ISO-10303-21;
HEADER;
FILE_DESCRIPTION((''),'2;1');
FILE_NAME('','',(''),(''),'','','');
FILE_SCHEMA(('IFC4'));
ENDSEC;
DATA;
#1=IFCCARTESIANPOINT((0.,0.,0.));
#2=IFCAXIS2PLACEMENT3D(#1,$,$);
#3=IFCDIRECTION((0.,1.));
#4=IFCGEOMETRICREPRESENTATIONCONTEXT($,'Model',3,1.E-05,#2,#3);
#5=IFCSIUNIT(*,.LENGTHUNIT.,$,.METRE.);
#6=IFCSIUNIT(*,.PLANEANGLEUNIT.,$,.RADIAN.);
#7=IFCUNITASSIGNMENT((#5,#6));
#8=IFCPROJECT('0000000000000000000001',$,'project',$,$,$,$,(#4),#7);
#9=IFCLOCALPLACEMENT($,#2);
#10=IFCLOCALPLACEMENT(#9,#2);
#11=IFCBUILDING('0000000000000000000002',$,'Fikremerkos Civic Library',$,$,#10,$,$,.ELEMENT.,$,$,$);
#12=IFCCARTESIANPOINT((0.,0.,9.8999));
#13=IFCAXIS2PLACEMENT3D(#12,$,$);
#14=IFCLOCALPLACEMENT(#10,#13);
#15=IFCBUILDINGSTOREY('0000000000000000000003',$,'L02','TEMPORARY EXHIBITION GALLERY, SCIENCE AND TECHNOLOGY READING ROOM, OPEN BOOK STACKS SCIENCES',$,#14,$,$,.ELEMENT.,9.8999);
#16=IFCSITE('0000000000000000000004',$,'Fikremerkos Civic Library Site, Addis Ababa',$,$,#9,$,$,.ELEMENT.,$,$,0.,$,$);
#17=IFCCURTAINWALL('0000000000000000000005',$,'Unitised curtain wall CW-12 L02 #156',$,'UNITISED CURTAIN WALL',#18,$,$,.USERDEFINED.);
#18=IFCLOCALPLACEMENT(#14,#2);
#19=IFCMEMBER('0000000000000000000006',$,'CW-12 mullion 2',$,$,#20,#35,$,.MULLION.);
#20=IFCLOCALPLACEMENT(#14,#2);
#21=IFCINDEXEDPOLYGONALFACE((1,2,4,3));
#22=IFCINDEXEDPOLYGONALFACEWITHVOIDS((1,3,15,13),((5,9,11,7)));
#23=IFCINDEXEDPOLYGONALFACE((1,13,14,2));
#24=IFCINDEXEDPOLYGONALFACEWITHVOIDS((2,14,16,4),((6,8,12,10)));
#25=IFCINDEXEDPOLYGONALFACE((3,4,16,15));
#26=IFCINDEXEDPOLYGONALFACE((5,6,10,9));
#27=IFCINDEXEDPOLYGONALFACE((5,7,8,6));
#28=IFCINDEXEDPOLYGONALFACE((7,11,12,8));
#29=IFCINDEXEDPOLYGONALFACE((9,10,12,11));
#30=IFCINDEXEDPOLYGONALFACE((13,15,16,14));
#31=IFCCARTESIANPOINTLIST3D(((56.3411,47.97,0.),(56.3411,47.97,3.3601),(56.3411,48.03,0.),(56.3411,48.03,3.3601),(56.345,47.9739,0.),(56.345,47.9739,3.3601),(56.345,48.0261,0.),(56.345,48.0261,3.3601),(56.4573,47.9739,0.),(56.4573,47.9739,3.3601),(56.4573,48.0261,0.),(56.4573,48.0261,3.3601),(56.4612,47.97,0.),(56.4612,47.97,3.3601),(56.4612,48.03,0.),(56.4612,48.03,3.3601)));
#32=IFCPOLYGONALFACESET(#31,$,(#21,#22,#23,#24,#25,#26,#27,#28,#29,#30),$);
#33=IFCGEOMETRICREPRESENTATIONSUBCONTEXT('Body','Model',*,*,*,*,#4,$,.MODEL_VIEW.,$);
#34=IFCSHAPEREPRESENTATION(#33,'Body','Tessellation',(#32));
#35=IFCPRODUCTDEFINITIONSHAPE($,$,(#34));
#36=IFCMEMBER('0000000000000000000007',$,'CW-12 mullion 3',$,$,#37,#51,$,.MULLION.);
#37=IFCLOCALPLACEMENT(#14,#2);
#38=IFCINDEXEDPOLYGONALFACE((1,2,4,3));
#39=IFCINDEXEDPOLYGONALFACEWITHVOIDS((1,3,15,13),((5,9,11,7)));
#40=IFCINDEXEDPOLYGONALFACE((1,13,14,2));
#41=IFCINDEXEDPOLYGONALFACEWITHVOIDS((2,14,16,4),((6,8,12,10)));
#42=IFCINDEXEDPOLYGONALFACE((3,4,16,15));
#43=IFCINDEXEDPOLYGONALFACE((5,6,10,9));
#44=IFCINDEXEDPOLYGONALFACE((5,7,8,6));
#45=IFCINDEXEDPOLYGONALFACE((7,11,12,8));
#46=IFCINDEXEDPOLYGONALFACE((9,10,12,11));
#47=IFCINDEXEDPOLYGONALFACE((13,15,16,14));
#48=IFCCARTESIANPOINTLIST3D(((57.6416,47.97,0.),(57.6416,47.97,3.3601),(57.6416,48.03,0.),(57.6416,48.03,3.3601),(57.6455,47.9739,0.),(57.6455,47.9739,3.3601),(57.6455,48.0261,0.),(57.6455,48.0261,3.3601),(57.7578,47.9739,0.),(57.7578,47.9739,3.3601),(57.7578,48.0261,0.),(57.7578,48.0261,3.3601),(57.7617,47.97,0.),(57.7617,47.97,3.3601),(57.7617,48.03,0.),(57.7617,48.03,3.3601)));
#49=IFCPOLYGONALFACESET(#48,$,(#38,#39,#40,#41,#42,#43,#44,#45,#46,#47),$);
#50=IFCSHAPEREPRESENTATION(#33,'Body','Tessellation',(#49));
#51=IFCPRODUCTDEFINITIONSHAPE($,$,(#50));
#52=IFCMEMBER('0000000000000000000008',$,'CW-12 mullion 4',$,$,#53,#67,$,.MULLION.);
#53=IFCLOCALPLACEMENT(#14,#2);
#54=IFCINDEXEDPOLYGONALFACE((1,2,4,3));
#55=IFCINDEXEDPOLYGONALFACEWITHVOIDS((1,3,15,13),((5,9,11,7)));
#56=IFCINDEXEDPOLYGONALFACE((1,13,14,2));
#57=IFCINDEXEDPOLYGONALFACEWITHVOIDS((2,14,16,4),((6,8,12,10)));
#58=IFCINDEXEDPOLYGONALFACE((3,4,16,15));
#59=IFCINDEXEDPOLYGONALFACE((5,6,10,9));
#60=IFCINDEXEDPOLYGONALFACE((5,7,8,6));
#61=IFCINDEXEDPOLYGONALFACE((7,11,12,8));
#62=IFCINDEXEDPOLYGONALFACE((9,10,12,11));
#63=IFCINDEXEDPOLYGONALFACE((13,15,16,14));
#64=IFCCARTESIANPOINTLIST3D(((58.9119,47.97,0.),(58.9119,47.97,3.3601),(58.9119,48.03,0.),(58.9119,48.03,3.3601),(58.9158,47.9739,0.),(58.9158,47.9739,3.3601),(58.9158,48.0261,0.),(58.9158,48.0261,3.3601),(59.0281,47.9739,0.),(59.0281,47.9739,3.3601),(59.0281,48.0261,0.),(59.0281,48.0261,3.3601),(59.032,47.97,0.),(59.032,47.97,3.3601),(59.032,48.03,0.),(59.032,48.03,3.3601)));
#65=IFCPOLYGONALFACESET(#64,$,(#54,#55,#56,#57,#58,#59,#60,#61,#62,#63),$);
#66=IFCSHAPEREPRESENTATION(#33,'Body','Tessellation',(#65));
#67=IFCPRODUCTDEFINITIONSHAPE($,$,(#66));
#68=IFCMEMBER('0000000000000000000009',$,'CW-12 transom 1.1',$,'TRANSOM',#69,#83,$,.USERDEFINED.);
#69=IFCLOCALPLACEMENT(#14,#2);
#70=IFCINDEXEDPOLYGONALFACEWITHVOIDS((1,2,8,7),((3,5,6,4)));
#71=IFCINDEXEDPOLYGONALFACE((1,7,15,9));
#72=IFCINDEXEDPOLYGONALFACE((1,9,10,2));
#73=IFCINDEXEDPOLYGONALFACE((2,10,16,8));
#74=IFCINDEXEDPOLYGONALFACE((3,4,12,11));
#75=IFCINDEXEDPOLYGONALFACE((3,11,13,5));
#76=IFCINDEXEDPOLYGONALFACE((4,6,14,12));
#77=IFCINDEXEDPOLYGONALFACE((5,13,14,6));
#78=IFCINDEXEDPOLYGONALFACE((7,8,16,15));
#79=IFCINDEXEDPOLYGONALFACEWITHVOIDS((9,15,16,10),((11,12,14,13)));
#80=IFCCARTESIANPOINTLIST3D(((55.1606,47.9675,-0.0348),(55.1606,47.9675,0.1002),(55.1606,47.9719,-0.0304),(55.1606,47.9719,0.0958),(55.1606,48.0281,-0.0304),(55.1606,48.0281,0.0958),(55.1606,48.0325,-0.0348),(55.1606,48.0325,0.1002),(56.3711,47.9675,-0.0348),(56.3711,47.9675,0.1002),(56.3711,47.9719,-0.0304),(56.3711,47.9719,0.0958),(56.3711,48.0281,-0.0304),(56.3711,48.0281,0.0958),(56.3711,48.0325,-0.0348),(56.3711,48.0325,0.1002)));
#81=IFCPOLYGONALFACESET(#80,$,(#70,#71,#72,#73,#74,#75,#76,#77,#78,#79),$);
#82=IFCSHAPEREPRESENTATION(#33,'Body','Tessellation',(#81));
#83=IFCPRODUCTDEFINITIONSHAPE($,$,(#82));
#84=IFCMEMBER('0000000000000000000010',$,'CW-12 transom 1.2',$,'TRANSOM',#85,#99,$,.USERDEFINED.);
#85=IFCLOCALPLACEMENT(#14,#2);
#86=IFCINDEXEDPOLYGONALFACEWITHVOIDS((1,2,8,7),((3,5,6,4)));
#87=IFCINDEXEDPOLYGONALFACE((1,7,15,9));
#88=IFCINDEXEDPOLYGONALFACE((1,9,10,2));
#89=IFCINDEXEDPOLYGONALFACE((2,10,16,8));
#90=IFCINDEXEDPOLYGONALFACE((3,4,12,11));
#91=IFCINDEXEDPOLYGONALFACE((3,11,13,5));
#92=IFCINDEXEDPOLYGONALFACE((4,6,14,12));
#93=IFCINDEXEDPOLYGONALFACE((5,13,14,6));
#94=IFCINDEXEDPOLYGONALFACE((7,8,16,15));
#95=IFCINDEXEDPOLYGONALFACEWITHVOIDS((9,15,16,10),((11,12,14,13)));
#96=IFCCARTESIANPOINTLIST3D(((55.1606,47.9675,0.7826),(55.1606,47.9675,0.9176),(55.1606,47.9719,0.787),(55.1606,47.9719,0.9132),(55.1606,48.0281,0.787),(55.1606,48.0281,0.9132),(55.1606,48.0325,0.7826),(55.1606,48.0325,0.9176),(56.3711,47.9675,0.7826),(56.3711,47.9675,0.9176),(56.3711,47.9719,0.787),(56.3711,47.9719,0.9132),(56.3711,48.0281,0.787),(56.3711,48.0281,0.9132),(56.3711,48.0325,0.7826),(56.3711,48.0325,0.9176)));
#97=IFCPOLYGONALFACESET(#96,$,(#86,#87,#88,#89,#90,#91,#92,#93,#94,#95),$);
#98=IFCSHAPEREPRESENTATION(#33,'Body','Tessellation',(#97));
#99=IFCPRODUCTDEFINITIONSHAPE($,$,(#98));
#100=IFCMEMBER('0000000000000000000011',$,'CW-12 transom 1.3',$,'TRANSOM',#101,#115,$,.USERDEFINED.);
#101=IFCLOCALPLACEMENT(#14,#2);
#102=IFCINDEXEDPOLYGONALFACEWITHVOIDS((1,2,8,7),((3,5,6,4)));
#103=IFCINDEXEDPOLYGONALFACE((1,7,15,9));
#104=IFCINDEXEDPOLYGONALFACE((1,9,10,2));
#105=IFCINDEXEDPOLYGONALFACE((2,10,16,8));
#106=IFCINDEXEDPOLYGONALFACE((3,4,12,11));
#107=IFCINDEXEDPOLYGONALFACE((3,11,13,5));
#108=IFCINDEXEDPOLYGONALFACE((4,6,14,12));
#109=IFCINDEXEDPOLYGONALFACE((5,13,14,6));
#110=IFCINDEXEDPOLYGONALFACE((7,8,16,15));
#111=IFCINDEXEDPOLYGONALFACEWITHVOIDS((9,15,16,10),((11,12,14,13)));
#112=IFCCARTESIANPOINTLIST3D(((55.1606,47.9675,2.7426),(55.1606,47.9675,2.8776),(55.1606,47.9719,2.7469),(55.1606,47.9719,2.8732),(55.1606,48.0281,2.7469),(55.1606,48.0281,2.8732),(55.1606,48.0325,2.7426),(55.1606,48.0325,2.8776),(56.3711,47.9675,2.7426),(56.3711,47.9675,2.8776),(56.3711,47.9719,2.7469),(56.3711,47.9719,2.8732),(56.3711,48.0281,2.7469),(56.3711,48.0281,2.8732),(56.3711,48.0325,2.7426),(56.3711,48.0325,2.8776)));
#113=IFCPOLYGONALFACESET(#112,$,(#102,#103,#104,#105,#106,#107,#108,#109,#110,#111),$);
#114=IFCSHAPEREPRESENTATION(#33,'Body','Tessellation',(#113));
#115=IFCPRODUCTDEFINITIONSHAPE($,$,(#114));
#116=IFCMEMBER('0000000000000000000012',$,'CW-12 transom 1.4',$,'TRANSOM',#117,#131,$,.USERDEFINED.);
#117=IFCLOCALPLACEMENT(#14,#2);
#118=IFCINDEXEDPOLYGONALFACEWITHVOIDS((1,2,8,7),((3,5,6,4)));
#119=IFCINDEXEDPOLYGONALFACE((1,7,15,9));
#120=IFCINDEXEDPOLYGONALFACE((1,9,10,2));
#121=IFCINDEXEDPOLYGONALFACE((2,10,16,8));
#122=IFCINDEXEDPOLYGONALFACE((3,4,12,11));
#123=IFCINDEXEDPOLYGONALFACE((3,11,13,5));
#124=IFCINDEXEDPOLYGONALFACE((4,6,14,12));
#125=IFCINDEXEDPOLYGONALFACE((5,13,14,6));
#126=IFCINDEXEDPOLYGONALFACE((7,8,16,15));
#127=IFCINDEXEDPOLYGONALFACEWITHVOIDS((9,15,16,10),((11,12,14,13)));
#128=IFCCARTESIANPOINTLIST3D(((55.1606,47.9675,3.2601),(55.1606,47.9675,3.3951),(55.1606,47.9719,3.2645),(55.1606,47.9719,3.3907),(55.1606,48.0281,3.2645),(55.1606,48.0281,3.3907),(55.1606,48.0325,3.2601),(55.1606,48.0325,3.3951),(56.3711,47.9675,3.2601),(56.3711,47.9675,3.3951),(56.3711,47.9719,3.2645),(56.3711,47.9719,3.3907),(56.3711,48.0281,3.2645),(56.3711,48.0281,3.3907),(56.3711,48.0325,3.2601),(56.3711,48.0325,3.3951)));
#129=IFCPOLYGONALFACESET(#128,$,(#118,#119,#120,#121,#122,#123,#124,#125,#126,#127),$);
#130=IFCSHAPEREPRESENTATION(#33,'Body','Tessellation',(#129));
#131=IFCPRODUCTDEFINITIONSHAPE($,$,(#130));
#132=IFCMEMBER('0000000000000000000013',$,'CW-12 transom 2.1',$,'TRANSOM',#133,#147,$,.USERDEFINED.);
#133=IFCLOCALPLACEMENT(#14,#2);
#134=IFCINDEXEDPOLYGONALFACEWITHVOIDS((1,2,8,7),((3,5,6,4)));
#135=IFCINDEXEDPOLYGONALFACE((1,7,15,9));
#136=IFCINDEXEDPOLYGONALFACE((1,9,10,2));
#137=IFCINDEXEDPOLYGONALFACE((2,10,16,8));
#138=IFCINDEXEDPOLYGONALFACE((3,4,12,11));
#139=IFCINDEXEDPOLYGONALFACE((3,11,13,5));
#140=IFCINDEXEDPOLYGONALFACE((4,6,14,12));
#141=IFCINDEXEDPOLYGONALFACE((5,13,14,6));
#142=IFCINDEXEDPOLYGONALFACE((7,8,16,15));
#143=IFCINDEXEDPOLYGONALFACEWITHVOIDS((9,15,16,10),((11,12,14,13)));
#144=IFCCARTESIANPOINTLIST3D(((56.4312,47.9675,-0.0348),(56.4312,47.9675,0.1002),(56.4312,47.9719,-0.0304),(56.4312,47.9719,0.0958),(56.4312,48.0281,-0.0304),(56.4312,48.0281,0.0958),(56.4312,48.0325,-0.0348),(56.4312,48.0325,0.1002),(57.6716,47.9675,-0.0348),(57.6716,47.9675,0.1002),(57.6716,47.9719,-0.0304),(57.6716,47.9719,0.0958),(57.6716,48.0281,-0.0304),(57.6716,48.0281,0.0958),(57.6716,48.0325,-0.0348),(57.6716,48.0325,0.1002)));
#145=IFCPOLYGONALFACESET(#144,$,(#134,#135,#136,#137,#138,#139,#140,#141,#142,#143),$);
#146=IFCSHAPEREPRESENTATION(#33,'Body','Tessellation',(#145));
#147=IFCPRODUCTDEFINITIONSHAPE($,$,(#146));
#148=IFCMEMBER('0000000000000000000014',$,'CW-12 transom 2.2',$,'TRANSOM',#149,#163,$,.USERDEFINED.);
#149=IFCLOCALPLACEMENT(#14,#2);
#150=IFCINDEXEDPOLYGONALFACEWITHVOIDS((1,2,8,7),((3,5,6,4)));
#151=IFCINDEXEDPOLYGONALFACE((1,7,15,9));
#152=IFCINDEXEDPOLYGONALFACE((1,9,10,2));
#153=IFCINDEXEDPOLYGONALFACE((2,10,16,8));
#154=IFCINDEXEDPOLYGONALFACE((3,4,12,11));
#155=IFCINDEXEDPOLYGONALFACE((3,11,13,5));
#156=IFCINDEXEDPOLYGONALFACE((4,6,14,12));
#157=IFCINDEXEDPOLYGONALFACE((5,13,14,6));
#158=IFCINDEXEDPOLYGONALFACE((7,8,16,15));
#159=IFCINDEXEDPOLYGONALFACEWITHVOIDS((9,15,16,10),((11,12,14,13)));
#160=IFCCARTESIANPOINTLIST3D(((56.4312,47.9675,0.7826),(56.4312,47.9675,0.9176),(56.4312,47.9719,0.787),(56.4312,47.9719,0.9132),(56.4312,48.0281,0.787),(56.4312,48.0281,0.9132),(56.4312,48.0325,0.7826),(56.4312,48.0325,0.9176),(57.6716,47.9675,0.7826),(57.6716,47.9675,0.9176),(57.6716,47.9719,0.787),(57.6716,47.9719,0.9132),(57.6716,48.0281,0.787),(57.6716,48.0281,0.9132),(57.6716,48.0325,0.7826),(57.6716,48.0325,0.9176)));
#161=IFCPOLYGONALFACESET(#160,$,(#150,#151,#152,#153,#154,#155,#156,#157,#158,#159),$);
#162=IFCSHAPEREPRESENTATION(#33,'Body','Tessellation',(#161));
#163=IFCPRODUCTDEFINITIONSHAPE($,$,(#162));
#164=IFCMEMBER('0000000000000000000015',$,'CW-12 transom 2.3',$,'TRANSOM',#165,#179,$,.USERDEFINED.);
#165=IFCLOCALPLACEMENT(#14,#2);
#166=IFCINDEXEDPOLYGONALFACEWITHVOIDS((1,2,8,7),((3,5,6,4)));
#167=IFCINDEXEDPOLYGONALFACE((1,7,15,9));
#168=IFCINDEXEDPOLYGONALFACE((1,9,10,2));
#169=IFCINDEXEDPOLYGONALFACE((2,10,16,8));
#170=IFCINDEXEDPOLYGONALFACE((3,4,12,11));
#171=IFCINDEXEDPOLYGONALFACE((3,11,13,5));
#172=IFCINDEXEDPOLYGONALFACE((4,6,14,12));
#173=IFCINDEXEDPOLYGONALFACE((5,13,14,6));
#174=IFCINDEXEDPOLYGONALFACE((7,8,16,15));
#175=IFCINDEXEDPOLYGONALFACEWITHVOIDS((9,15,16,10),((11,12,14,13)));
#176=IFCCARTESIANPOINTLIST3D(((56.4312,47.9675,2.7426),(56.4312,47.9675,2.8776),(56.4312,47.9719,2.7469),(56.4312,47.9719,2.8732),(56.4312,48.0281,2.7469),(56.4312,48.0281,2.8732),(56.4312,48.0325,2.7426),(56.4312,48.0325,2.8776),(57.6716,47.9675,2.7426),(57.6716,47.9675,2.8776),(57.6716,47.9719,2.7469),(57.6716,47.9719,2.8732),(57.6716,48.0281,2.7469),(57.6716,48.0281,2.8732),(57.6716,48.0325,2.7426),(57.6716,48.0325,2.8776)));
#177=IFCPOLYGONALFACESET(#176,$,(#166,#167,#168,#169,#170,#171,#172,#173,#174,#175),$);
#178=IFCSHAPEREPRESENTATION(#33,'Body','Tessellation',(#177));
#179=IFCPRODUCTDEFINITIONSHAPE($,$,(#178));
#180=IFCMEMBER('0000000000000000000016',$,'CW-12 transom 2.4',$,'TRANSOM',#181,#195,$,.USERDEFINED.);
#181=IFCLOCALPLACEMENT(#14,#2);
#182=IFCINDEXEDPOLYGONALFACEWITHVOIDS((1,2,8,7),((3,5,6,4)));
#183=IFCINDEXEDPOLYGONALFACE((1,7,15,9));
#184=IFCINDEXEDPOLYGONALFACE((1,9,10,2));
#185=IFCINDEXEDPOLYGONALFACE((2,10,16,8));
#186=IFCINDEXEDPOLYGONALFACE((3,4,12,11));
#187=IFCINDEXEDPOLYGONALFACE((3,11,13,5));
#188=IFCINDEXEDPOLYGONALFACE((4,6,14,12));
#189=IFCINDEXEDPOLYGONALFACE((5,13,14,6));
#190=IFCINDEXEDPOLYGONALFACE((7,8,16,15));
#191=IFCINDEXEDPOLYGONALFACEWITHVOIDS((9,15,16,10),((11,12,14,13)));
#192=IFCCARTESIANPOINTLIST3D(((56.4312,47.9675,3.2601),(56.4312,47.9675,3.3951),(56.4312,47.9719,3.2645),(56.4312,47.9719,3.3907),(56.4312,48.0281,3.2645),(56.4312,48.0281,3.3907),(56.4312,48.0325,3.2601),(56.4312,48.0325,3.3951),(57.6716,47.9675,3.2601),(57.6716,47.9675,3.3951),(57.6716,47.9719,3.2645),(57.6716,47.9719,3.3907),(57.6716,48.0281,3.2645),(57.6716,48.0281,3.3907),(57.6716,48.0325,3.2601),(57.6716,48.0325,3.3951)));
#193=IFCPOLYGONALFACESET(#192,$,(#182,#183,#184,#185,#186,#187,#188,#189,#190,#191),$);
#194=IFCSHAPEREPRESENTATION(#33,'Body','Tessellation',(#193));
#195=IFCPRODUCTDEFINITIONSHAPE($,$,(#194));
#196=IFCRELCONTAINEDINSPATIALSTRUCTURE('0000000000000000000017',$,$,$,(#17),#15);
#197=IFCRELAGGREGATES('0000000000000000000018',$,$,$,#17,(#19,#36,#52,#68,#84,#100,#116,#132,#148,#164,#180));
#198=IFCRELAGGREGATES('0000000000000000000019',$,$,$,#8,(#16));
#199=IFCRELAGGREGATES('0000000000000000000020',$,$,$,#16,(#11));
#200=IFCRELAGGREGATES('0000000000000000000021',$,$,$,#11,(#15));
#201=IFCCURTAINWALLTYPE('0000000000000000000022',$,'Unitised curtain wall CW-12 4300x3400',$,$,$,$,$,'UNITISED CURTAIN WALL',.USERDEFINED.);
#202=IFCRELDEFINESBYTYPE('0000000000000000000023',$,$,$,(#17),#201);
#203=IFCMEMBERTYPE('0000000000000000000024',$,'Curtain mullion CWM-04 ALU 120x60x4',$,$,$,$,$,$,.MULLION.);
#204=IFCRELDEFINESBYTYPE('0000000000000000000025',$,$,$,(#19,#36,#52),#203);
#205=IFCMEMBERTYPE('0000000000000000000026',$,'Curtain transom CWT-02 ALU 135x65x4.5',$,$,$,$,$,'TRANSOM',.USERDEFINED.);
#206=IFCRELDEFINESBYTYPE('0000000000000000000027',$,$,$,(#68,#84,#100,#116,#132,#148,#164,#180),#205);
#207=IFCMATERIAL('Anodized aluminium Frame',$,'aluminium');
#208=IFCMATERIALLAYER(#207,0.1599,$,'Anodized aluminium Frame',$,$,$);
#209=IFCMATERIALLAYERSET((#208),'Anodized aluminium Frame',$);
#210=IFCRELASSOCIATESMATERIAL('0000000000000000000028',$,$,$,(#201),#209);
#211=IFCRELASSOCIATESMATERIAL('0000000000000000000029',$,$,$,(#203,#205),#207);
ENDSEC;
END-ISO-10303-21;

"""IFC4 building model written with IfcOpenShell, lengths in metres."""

from ifc_helpers import new_model, si_unit, direction, frame, origin, origin_2d, place, context, subcontext, project, spatial, hollow_rectangle, extrude, material, layer, layer_set, material_profile, profile_set, type_object, element, aggregate, save


model = new_model("IFC4")

# Units and contexts
model_context = context("Model", 3, precision=1e-05, world=origin(), true_north=direction((0.0, 1.0)))
body_context = subcontext(model_context, "Body", "Model", "MODEL_VIEW")
ifc_project = project(units=[si_unit("LENGTHUNIT", "METRE"), si_unit("PLANEANGLEUNIT", "RADIAN")], contexts=[model_context])

# Site, building, storey
site_placement = place(None, origin())
site = spatial("IfcSite", under=ifc_project, at=site_placement, Name="Fikremerkos Civic Library Site, Addis Ababa", CompositionType="ELEMENT", RefElevation=0.0)
building_placement = place(site_placement, origin())
building = spatial("IfcBuilding", under=site, at=building_placement, Name="Fikremerkos Civic Library", CompositionType="ELEMENT")
storey_placement = place(building_placement, frame((0.0, 0.0, 9.8999)))
storey = spatial("IfcBuildingStorey", under=building, at=storey_placement, Name="L02", Description="TEMPORARY EXHIBITION GALLERY, SCIENCE AND TECHNOLOGY READING ROOM, OPEN BOOK STACKS SCIENCES", CompositionType="ELEMENT", Elevation=9.8999)

# Curtain wall, members
ifc_material_1 = material(Name="Anodized aluminium Frame", Category="aluminium")
ifc_layer_1 = layer(ifc_material_1, 0.1599, Name="Anodized aluminium Frame")
ifc_layer_set_1 = layer_set([ifc_layer_1], Name="Anodized aluminium Frame")
curtain_wall_type = type_object("IfcCurtainWallType", Name="Unitised curtain wall CW-12 4300x3400", ElementType="UNITISED CURTAIN WALL", PredefinedType="USERDEFINED", material=ifc_layer_set_1)
curtain_wall_placement = place(storey_placement, origin())
curtain_wall = element("IfcCurtainWall", 1, at=curtain_wall_placement, inside=storey, type_object=curtain_wall_type, Name="Unitised curtain wall CW-12 L02 #156", ObjectType="UNITISED CURTAIN WALL", PredefinedType="USERDEFINED")
ifc_material_profile_1 = material_profile(ifc_material_1, hollow_rectangle(XDim=0.0601, YDim=0.1201, WallThickness=0.0039, at=origin_2d()), Name="ALU 120x60x4")
ifc_profile_set_1 = profile_set([ifc_material_profile_1], Name="Anodized aluminium Frame")
member_type_1 = type_object("IfcMemberType", Name="Curtain mullion CWM-04 ALU 120x60x4", PredefinedType="MULLION", material=ifc_profile_set_1)
member_1_placement = place(storey_placement, frame((56.4011, 48.0, 0.0), z_axis=(0.0, 0.0, 1.0), x_axis=(0.0, 1.0, 0.0)))
member_1 = element("IfcMember", 2, at=member_1_placement, type_object=member_type_1, Name="CW-12 mullion 2", PredefinedType="MULLION", context=body_context, shape_type="SweptSolid", body=[
    extrude(hollow_rectangle(XDim=0.0601, YDim=0.1201, WallThickness=0.0039, at=origin_2d()), origin(), (0.0, 0.0, 1.0), 3.3601),
])
member_2_placement = place(storey_placement, frame((57.7017, 48.0, 0.0), z_axis=(0.0, 0.0, 1.0), x_axis=(0.0, 1.0, 0.0)))
member_2 = element("IfcMember", 3, at=member_2_placement, type_object=member_type_1, Name="CW-12 mullion 3", PredefinedType="MULLION", context=body_context, shape_type="SweptSolid", body=[
    extrude(hollow_rectangle(XDim=0.0601, YDim=0.1201, WallThickness=0.0039, at=origin_2d()), origin(), (0.0, 0.0, 1.0), 3.3601),
])
member_3_placement = place(storey_placement, frame((58.9719, 48.0, 0.0), z_axis=(0.0, 0.0, 1.0), x_axis=(0.0, 1.0, 0.0)))
member_3 = element("IfcMember", 4, at=member_3_placement, type_object=member_type_1, Name="CW-12 mullion 4", PredefinedType="MULLION", context=body_context, shape_type="SweptSolid", body=[
    extrude(hollow_rectangle(XDim=0.0601, YDim=0.1201, WallThickness=0.0039, at=origin_2d()), origin(), (0.0, 0.0, 1.0), 3.3601),
])
ifc_material_profile_2 = material_profile(ifc_material_1, hollow_rectangle(XDim=0.0649, YDim=0.135, WallThickness=0.0044, at=origin_2d()), Name="ALU 135x65x4.5")
ifc_profile_set_2 = profile_set([ifc_material_profile_2], Name="Anodized aluminium Frame")
member_type_2 = type_object("IfcMemberType", Name="Curtain transom CWT-02 ALU 135x65x4.5", ElementType="TRANSOM", PredefinedType="USERDEFINED", material=ifc_profile_set_2)
member_4_placement = place(storey_placement, frame((55.1606, 48.0, 0.0327), z_axis=(1.0, 0.0, 0.0), x_axis=(0.0, 1.0, 0.0)))
member_4 = element("IfcMember", 5, at=member_4_placement, type_object=member_type_2, Name="CW-12 transom 1.1", ObjectType="TRANSOM", PredefinedType="USERDEFINED", context=body_context, shape_type="SweptSolid", body=[
    extrude(hollow_rectangle(XDim=0.0649, YDim=0.135, WallThickness=0.0044, at=origin_2d()), origin(), (0.0, 0.0, 1.0), 1.2104),
])
member_5_placement = place(storey_placement, frame((55.1606, 48.0, 0.8501), z_axis=(1.0, 0.0, 0.0), x_axis=(0.0, 1.0, 0.0)))
member_5 = element("IfcMember", 6, at=member_5_placement, type_object=member_type_2, Name="CW-12 transom 1.2", ObjectType="TRANSOM", PredefinedType="USERDEFINED", context=body_context, shape_type="SweptSolid", body=[
    extrude(hollow_rectangle(XDim=0.0649, YDim=0.135, WallThickness=0.0044, at=origin_2d()), origin(), (0.0, 0.0, 1.0), 1.2104),
])
member_6_placement = place(storey_placement, frame((55.1606, 48.0, 2.8101), z_axis=(1.0, 0.0, 0.0), x_axis=(0.0, 1.0, 0.0)))
member_6 = element("IfcMember", 7, at=member_6_placement, type_object=member_type_2, Name="CW-12 transom 1.3", ObjectType="TRANSOM", PredefinedType="USERDEFINED", context=body_context, shape_type="SweptSolid", body=[
    extrude(hollow_rectangle(XDim=0.0649, YDim=0.135, WallThickness=0.0044, at=origin_2d()), origin(), (0.0, 0.0, 1.0), 1.2104),
])
member_7_placement = place(storey_placement, frame((55.1606, 48.0, 3.3276), z_axis=(1.0, 0.0, 0.0), x_axis=(0.0, 1.0, 0.0)))
member_7 = element("IfcMember", 8, at=member_7_placement, type_object=member_type_2, Name="CW-12 transom 1.4", ObjectType="TRANSOM", PredefinedType="USERDEFINED", context=body_context, shape_type="SweptSolid", body=[
    extrude(hollow_rectangle(XDim=0.0649, YDim=0.135, WallThickness=0.0044, at=origin_2d()), origin(), (0.0, 0.0, 1.0), 1.2104),
])
member_8_placement = place(storey_placement, frame((56.4312, 48.0, 0.0327), z_axis=(1.0, 0.0, 0.0), x_axis=(0.0, 1.0, 0.0)))
member_8 = element("IfcMember", 9, at=member_8_placement, type_object=member_type_2, Name="CW-12 transom 2.1", ObjectType="TRANSOM", PredefinedType="USERDEFINED", context=body_context, shape_type="SweptSolid", body=[
    extrude(hollow_rectangle(XDim=0.0649, YDim=0.135, WallThickness=0.0044, at=origin_2d()), origin(), (0.0, 0.0, 1.0), 1.2405),
])
member_9_placement = place(storey_placement, frame((56.4312, 48.0, 0.8501), z_axis=(1.0, 0.0, 0.0), x_axis=(0.0, 1.0, 0.0)))
member_9 = element("IfcMember", 10, at=member_9_placement, type_object=member_type_2, Name="CW-12 transom 2.2", ObjectType="TRANSOM", PredefinedType="USERDEFINED", context=body_context, shape_type="SweptSolid", body=[
    extrude(hollow_rectangle(XDim=0.0649, YDim=0.135, WallThickness=0.0044, at=origin_2d()), origin(), (0.0, 0.0, 1.0), 1.2405),
])
member_10_placement = place(storey_placement, frame((56.4312, 48.0, 2.8101), z_axis=(1.0, 0.0, 0.0), x_axis=(0.0, 1.0, 0.0)))
member_10 = element("IfcMember", 11, at=member_10_placement, type_object=member_type_2, Name="CW-12 transom 2.3", ObjectType="TRANSOM", PredefinedType="USERDEFINED", context=body_context, shape_type="SweptSolid", body=[
    extrude(hollow_rectangle(XDim=0.0649, YDim=0.135, WallThickness=0.0044, at=origin_2d()), origin(), (0.0, 0.0, 1.0), 1.2405),
])
member_11_placement = place(storey_placement, frame((56.4312, 48.0, 3.3276), z_axis=(1.0, 0.0, 0.0), x_axis=(0.0, 1.0, 0.0)))
member_11 = element("IfcMember", 12, at=member_11_placement, type_object=member_type_2, Name="CW-12 transom 2.4", ObjectType="TRANSOM", PredefinedType="USERDEFINED", context=body_context, shape_type="SweptSolid", body=[
    extrude(hollow_rectangle(XDim=0.0649, YDim=0.135, WallThickness=0.0044, at=origin_2d()), origin(), (0.0, 0.0, 1.0), 1.2405),
])
aggregate(curtain_wall, [member_1, member_2, member_3, member_4, member_5, member_6, member_7, member_8, member_9, member_10, member_11])

save(model, "model.ifc")
